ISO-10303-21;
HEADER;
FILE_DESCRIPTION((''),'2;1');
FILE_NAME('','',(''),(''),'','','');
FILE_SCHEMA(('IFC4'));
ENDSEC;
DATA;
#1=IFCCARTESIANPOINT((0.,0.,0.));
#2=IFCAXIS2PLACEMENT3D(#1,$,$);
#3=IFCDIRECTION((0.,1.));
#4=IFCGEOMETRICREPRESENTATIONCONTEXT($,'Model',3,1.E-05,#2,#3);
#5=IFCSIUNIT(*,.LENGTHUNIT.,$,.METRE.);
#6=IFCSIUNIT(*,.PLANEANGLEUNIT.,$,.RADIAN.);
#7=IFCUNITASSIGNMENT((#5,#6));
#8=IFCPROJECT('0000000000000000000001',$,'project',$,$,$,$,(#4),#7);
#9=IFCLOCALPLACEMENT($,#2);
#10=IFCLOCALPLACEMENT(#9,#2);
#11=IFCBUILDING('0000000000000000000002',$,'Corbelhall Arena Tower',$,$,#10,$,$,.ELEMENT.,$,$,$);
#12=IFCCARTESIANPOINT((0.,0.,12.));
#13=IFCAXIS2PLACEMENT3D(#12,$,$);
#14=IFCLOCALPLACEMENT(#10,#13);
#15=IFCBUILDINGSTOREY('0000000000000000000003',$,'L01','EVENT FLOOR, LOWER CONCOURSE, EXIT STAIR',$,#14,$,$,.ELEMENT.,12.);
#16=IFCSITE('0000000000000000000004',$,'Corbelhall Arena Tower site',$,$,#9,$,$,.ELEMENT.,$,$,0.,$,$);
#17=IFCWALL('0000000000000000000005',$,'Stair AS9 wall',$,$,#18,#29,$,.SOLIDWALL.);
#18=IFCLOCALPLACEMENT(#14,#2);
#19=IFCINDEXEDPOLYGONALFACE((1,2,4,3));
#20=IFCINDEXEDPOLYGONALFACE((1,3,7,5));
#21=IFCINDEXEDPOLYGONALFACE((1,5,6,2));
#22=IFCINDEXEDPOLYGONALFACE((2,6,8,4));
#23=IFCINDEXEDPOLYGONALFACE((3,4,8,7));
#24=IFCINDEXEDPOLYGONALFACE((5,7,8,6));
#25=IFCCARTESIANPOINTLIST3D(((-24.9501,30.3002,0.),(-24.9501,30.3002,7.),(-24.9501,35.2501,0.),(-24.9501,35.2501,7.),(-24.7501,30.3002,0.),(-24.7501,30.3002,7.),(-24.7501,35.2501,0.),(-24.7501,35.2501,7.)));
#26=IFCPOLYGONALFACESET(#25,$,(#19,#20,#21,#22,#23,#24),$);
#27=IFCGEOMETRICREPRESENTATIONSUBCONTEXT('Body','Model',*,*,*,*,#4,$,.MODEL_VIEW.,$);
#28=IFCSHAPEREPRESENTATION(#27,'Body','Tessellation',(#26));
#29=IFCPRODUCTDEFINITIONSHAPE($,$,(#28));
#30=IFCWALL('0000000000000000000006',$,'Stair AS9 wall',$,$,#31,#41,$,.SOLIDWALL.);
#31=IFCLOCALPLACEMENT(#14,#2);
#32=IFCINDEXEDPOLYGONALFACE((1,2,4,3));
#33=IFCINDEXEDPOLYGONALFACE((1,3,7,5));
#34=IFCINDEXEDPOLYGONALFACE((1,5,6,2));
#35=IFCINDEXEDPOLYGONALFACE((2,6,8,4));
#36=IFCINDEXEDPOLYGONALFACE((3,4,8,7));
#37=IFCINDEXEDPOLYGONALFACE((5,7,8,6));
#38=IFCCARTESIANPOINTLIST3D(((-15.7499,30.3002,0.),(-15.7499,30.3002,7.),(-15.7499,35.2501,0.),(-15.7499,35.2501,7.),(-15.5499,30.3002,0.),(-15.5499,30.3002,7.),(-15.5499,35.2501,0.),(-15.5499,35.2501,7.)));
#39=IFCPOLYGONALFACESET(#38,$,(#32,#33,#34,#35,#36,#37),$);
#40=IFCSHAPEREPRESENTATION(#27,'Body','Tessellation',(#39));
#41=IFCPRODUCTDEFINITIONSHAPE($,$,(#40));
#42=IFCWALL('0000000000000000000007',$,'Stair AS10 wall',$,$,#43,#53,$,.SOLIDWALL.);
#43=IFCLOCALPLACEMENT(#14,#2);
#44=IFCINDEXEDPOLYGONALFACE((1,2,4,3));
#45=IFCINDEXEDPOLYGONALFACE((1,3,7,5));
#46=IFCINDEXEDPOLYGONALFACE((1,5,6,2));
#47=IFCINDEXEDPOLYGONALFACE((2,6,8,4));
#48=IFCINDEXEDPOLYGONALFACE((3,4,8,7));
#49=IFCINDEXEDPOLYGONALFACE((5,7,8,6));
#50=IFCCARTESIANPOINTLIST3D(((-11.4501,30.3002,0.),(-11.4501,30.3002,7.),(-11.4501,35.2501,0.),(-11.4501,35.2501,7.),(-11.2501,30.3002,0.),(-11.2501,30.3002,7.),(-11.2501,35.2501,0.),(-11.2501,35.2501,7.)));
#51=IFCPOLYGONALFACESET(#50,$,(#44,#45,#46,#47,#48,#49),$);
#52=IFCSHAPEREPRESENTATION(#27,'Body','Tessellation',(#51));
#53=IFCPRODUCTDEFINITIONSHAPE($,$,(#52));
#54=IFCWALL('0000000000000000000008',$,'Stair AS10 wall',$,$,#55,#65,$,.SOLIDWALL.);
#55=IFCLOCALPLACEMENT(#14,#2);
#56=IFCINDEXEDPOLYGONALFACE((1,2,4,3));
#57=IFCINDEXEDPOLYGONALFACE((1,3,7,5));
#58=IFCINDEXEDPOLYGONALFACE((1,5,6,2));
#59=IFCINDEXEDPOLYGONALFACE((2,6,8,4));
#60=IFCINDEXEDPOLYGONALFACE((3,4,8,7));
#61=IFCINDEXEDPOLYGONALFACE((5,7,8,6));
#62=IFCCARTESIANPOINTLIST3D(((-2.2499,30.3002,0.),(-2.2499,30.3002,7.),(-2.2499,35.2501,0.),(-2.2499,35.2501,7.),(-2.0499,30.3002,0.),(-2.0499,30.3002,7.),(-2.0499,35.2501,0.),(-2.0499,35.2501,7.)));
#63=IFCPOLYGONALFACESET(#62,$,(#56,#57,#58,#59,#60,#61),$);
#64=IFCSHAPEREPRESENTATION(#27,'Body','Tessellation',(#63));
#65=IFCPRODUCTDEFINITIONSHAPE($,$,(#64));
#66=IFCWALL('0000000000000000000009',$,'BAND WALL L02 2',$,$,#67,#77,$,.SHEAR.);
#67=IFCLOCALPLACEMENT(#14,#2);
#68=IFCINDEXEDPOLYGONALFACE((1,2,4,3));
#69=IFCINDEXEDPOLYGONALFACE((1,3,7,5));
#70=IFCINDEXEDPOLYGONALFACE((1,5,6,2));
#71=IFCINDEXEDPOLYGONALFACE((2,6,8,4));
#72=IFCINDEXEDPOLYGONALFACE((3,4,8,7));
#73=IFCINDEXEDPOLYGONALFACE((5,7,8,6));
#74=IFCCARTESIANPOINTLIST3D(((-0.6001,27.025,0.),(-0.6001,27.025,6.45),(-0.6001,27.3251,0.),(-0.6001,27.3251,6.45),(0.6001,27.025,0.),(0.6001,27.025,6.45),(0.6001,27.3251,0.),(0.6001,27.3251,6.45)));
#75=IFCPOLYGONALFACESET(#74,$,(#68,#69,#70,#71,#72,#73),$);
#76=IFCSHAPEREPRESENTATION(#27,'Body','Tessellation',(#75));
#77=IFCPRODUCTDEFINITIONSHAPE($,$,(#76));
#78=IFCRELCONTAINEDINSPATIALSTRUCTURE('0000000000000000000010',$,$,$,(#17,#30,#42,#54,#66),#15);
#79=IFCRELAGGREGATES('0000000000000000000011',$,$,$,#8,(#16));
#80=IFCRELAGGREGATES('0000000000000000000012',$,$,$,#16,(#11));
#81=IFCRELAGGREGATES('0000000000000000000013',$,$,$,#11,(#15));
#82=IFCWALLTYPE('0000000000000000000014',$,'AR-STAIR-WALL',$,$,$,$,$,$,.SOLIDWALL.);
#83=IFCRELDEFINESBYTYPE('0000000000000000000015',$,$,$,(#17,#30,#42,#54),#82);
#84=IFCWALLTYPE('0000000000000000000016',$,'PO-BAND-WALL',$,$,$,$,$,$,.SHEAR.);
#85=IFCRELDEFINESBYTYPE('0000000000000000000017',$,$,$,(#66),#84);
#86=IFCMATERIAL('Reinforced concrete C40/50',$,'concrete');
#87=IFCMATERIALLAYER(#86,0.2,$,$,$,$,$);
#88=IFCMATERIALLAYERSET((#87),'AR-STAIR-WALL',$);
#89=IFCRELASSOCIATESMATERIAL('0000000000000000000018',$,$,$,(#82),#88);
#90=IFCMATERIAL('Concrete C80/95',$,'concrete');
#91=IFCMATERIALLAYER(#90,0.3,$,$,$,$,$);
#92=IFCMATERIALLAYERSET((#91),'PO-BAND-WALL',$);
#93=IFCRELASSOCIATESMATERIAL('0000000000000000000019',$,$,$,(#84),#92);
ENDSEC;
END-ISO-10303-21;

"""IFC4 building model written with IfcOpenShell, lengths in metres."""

from ifc_helpers import new_model, si_unit, direction, frame, frame_2d, origin, place, context, subcontext, project, spatial, rectangle, extrude, material, layer, layer_set, type_object, element, save


model = new_model("IFC4")

# Units and contexts
model_context = context("Model", 3, precision=1e-05, world=origin(), true_north=direction((0.0, 1.0)))
body_context = subcontext(model_context, "Body", "Model", "MODEL_VIEW")
ifc_project = project(units=[si_unit("LENGTHUNIT", "METRE"), si_unit("PLANEANGLEUNIT", "RADIAN")], contexts=[model_context])

# Site, building, storey
site_placement = place(None, origin())
site = spatial("IfcSite", under=ifc_project, at=site_placement, Name="Corbelhall Arena Tower site", CompositionType="ELEMENT", RefElevation=0.0)
building_placement = place(site_placement, origin())
building = spatial("IfcBuilding", under=site, at=building_placement, Name="Corbelhall Arena Tower", CompositionType="ELEMENT")
storey_placement = place(building_placement, frame((0.0, 0.0, 12.0)))
storey = spatial("IfcBuildingStorey", under=building, at=storey_placement, Name="L01", Description="EVENT FLOOR, LOWER CONCOURSE, EXIT STAIR", CompositionType="ELEMENT", Elevation=12.0)

# Shared definitions
ifc_material_1 = material(Name="Concrete C80/95", Category="concrete")

# Shared definitions
ifc_material_2 = material(Name="Reinforced concrete C40/50", Category="concrete")
ifc_layer_1 = layer(ifc_material_2, 0.2)
ifc_layer_set_1 = layer_set([ifc_layer_1], Name="AR-STAIR-WALL")
wall_type_1 = type_object("IfcWallType", Name="AR-STAIR-WALL", PredefinedType="SOLIDWALL", material=ifc_layer_set_1)

# Walls
for number, where, z_axis, x_axis, name in (
    (1, (-24.8501, 30.3, 0.0), (0.0, 0.0, 1.0), (0.0, 1.0, 0.0), "Stair AS9 wall"),
    (2, (-15.6499, 30.3, 0.0), (0.0, 0.0, 1.0), (0.0, 1.0, 0.0), "Stair AS9 wall"),
):
    element("IfcWall", number, at=place(storey_placement, frame(where, z_axis=z_axis, x_axis=x_axis)), inside=storey, type_object=wall_type_1, Name=name, PredefinedType="SOLIDWALL", context=body_context, shape_type="SweptSolid", body=[
        extrude(rectangle(XDim=4.95, YDim=0.2, at=frame_2d((2.4751, 0.0))), origin(), (0.0, 0.0, 1.0), 7.0),
    ])

# Walls
for number, where, z_axis, x_axis, name in (
    (3, (-11.3501, 30.3, 0.0), (0.0, 0.0, 1.0), (0.0, 1.0, 0.0), "Stair AS10 wall"),
    (4, (-2.1499, 30.3, 0.0), (0.0, 0.0, 1.0), (0.0, 1.0, 0.0), "Stair AS10 wall"),
):
    element("IfcWall", number, at=place(storey_placement, frame(where, z_axis=z_axis, x_axis=x_axis)), inside=storey, type_object=wall_type_1, Name=name, PredefinedType="SOLIDWALL", context=body_context, shape_type="SweptSolid", body=[
        extrude(rectangle(XDim=4.95, YDim=0.2, at=frame_2d((2.4751, 0.0))), origin(), (0.0, 0.0, 1.0), 7.0),
    ])
ifc_layer_2 = layer(ifc_material_1, 0.3)
ifc_layer_set_2 = layer_set([ifc_layer_2], Name="PO-BAND-WALL")
wall_type_2 = type_object("IfcWallType", Name="PO-BAND-WALL", PredefinedType="SHEAR", material=ifc_layer_set_2)
wall_1_placement = place(storey_placement, frame((-0.6001, 27.175, 0.0), z_axis=(0.0, 0.0, 1.0), x_axis=(1.0, 0.0, 0.0)))
element("IfcWall", 5, at=wall_1_placement, inside=storey, type_object=wall_type_2, Name="BAND WALL L02 2", PredefinedType="SHEAR", context=body_context, shape_type="SweptSolid", body=[
    extrude(rectangle(XDim=1.2002, YDim=0.3, at=frame_2d((0.6001, 0.0))), origin(), (0.0, 0.0, 1.0), 6.45),
])

save(model, "model.ifc")
